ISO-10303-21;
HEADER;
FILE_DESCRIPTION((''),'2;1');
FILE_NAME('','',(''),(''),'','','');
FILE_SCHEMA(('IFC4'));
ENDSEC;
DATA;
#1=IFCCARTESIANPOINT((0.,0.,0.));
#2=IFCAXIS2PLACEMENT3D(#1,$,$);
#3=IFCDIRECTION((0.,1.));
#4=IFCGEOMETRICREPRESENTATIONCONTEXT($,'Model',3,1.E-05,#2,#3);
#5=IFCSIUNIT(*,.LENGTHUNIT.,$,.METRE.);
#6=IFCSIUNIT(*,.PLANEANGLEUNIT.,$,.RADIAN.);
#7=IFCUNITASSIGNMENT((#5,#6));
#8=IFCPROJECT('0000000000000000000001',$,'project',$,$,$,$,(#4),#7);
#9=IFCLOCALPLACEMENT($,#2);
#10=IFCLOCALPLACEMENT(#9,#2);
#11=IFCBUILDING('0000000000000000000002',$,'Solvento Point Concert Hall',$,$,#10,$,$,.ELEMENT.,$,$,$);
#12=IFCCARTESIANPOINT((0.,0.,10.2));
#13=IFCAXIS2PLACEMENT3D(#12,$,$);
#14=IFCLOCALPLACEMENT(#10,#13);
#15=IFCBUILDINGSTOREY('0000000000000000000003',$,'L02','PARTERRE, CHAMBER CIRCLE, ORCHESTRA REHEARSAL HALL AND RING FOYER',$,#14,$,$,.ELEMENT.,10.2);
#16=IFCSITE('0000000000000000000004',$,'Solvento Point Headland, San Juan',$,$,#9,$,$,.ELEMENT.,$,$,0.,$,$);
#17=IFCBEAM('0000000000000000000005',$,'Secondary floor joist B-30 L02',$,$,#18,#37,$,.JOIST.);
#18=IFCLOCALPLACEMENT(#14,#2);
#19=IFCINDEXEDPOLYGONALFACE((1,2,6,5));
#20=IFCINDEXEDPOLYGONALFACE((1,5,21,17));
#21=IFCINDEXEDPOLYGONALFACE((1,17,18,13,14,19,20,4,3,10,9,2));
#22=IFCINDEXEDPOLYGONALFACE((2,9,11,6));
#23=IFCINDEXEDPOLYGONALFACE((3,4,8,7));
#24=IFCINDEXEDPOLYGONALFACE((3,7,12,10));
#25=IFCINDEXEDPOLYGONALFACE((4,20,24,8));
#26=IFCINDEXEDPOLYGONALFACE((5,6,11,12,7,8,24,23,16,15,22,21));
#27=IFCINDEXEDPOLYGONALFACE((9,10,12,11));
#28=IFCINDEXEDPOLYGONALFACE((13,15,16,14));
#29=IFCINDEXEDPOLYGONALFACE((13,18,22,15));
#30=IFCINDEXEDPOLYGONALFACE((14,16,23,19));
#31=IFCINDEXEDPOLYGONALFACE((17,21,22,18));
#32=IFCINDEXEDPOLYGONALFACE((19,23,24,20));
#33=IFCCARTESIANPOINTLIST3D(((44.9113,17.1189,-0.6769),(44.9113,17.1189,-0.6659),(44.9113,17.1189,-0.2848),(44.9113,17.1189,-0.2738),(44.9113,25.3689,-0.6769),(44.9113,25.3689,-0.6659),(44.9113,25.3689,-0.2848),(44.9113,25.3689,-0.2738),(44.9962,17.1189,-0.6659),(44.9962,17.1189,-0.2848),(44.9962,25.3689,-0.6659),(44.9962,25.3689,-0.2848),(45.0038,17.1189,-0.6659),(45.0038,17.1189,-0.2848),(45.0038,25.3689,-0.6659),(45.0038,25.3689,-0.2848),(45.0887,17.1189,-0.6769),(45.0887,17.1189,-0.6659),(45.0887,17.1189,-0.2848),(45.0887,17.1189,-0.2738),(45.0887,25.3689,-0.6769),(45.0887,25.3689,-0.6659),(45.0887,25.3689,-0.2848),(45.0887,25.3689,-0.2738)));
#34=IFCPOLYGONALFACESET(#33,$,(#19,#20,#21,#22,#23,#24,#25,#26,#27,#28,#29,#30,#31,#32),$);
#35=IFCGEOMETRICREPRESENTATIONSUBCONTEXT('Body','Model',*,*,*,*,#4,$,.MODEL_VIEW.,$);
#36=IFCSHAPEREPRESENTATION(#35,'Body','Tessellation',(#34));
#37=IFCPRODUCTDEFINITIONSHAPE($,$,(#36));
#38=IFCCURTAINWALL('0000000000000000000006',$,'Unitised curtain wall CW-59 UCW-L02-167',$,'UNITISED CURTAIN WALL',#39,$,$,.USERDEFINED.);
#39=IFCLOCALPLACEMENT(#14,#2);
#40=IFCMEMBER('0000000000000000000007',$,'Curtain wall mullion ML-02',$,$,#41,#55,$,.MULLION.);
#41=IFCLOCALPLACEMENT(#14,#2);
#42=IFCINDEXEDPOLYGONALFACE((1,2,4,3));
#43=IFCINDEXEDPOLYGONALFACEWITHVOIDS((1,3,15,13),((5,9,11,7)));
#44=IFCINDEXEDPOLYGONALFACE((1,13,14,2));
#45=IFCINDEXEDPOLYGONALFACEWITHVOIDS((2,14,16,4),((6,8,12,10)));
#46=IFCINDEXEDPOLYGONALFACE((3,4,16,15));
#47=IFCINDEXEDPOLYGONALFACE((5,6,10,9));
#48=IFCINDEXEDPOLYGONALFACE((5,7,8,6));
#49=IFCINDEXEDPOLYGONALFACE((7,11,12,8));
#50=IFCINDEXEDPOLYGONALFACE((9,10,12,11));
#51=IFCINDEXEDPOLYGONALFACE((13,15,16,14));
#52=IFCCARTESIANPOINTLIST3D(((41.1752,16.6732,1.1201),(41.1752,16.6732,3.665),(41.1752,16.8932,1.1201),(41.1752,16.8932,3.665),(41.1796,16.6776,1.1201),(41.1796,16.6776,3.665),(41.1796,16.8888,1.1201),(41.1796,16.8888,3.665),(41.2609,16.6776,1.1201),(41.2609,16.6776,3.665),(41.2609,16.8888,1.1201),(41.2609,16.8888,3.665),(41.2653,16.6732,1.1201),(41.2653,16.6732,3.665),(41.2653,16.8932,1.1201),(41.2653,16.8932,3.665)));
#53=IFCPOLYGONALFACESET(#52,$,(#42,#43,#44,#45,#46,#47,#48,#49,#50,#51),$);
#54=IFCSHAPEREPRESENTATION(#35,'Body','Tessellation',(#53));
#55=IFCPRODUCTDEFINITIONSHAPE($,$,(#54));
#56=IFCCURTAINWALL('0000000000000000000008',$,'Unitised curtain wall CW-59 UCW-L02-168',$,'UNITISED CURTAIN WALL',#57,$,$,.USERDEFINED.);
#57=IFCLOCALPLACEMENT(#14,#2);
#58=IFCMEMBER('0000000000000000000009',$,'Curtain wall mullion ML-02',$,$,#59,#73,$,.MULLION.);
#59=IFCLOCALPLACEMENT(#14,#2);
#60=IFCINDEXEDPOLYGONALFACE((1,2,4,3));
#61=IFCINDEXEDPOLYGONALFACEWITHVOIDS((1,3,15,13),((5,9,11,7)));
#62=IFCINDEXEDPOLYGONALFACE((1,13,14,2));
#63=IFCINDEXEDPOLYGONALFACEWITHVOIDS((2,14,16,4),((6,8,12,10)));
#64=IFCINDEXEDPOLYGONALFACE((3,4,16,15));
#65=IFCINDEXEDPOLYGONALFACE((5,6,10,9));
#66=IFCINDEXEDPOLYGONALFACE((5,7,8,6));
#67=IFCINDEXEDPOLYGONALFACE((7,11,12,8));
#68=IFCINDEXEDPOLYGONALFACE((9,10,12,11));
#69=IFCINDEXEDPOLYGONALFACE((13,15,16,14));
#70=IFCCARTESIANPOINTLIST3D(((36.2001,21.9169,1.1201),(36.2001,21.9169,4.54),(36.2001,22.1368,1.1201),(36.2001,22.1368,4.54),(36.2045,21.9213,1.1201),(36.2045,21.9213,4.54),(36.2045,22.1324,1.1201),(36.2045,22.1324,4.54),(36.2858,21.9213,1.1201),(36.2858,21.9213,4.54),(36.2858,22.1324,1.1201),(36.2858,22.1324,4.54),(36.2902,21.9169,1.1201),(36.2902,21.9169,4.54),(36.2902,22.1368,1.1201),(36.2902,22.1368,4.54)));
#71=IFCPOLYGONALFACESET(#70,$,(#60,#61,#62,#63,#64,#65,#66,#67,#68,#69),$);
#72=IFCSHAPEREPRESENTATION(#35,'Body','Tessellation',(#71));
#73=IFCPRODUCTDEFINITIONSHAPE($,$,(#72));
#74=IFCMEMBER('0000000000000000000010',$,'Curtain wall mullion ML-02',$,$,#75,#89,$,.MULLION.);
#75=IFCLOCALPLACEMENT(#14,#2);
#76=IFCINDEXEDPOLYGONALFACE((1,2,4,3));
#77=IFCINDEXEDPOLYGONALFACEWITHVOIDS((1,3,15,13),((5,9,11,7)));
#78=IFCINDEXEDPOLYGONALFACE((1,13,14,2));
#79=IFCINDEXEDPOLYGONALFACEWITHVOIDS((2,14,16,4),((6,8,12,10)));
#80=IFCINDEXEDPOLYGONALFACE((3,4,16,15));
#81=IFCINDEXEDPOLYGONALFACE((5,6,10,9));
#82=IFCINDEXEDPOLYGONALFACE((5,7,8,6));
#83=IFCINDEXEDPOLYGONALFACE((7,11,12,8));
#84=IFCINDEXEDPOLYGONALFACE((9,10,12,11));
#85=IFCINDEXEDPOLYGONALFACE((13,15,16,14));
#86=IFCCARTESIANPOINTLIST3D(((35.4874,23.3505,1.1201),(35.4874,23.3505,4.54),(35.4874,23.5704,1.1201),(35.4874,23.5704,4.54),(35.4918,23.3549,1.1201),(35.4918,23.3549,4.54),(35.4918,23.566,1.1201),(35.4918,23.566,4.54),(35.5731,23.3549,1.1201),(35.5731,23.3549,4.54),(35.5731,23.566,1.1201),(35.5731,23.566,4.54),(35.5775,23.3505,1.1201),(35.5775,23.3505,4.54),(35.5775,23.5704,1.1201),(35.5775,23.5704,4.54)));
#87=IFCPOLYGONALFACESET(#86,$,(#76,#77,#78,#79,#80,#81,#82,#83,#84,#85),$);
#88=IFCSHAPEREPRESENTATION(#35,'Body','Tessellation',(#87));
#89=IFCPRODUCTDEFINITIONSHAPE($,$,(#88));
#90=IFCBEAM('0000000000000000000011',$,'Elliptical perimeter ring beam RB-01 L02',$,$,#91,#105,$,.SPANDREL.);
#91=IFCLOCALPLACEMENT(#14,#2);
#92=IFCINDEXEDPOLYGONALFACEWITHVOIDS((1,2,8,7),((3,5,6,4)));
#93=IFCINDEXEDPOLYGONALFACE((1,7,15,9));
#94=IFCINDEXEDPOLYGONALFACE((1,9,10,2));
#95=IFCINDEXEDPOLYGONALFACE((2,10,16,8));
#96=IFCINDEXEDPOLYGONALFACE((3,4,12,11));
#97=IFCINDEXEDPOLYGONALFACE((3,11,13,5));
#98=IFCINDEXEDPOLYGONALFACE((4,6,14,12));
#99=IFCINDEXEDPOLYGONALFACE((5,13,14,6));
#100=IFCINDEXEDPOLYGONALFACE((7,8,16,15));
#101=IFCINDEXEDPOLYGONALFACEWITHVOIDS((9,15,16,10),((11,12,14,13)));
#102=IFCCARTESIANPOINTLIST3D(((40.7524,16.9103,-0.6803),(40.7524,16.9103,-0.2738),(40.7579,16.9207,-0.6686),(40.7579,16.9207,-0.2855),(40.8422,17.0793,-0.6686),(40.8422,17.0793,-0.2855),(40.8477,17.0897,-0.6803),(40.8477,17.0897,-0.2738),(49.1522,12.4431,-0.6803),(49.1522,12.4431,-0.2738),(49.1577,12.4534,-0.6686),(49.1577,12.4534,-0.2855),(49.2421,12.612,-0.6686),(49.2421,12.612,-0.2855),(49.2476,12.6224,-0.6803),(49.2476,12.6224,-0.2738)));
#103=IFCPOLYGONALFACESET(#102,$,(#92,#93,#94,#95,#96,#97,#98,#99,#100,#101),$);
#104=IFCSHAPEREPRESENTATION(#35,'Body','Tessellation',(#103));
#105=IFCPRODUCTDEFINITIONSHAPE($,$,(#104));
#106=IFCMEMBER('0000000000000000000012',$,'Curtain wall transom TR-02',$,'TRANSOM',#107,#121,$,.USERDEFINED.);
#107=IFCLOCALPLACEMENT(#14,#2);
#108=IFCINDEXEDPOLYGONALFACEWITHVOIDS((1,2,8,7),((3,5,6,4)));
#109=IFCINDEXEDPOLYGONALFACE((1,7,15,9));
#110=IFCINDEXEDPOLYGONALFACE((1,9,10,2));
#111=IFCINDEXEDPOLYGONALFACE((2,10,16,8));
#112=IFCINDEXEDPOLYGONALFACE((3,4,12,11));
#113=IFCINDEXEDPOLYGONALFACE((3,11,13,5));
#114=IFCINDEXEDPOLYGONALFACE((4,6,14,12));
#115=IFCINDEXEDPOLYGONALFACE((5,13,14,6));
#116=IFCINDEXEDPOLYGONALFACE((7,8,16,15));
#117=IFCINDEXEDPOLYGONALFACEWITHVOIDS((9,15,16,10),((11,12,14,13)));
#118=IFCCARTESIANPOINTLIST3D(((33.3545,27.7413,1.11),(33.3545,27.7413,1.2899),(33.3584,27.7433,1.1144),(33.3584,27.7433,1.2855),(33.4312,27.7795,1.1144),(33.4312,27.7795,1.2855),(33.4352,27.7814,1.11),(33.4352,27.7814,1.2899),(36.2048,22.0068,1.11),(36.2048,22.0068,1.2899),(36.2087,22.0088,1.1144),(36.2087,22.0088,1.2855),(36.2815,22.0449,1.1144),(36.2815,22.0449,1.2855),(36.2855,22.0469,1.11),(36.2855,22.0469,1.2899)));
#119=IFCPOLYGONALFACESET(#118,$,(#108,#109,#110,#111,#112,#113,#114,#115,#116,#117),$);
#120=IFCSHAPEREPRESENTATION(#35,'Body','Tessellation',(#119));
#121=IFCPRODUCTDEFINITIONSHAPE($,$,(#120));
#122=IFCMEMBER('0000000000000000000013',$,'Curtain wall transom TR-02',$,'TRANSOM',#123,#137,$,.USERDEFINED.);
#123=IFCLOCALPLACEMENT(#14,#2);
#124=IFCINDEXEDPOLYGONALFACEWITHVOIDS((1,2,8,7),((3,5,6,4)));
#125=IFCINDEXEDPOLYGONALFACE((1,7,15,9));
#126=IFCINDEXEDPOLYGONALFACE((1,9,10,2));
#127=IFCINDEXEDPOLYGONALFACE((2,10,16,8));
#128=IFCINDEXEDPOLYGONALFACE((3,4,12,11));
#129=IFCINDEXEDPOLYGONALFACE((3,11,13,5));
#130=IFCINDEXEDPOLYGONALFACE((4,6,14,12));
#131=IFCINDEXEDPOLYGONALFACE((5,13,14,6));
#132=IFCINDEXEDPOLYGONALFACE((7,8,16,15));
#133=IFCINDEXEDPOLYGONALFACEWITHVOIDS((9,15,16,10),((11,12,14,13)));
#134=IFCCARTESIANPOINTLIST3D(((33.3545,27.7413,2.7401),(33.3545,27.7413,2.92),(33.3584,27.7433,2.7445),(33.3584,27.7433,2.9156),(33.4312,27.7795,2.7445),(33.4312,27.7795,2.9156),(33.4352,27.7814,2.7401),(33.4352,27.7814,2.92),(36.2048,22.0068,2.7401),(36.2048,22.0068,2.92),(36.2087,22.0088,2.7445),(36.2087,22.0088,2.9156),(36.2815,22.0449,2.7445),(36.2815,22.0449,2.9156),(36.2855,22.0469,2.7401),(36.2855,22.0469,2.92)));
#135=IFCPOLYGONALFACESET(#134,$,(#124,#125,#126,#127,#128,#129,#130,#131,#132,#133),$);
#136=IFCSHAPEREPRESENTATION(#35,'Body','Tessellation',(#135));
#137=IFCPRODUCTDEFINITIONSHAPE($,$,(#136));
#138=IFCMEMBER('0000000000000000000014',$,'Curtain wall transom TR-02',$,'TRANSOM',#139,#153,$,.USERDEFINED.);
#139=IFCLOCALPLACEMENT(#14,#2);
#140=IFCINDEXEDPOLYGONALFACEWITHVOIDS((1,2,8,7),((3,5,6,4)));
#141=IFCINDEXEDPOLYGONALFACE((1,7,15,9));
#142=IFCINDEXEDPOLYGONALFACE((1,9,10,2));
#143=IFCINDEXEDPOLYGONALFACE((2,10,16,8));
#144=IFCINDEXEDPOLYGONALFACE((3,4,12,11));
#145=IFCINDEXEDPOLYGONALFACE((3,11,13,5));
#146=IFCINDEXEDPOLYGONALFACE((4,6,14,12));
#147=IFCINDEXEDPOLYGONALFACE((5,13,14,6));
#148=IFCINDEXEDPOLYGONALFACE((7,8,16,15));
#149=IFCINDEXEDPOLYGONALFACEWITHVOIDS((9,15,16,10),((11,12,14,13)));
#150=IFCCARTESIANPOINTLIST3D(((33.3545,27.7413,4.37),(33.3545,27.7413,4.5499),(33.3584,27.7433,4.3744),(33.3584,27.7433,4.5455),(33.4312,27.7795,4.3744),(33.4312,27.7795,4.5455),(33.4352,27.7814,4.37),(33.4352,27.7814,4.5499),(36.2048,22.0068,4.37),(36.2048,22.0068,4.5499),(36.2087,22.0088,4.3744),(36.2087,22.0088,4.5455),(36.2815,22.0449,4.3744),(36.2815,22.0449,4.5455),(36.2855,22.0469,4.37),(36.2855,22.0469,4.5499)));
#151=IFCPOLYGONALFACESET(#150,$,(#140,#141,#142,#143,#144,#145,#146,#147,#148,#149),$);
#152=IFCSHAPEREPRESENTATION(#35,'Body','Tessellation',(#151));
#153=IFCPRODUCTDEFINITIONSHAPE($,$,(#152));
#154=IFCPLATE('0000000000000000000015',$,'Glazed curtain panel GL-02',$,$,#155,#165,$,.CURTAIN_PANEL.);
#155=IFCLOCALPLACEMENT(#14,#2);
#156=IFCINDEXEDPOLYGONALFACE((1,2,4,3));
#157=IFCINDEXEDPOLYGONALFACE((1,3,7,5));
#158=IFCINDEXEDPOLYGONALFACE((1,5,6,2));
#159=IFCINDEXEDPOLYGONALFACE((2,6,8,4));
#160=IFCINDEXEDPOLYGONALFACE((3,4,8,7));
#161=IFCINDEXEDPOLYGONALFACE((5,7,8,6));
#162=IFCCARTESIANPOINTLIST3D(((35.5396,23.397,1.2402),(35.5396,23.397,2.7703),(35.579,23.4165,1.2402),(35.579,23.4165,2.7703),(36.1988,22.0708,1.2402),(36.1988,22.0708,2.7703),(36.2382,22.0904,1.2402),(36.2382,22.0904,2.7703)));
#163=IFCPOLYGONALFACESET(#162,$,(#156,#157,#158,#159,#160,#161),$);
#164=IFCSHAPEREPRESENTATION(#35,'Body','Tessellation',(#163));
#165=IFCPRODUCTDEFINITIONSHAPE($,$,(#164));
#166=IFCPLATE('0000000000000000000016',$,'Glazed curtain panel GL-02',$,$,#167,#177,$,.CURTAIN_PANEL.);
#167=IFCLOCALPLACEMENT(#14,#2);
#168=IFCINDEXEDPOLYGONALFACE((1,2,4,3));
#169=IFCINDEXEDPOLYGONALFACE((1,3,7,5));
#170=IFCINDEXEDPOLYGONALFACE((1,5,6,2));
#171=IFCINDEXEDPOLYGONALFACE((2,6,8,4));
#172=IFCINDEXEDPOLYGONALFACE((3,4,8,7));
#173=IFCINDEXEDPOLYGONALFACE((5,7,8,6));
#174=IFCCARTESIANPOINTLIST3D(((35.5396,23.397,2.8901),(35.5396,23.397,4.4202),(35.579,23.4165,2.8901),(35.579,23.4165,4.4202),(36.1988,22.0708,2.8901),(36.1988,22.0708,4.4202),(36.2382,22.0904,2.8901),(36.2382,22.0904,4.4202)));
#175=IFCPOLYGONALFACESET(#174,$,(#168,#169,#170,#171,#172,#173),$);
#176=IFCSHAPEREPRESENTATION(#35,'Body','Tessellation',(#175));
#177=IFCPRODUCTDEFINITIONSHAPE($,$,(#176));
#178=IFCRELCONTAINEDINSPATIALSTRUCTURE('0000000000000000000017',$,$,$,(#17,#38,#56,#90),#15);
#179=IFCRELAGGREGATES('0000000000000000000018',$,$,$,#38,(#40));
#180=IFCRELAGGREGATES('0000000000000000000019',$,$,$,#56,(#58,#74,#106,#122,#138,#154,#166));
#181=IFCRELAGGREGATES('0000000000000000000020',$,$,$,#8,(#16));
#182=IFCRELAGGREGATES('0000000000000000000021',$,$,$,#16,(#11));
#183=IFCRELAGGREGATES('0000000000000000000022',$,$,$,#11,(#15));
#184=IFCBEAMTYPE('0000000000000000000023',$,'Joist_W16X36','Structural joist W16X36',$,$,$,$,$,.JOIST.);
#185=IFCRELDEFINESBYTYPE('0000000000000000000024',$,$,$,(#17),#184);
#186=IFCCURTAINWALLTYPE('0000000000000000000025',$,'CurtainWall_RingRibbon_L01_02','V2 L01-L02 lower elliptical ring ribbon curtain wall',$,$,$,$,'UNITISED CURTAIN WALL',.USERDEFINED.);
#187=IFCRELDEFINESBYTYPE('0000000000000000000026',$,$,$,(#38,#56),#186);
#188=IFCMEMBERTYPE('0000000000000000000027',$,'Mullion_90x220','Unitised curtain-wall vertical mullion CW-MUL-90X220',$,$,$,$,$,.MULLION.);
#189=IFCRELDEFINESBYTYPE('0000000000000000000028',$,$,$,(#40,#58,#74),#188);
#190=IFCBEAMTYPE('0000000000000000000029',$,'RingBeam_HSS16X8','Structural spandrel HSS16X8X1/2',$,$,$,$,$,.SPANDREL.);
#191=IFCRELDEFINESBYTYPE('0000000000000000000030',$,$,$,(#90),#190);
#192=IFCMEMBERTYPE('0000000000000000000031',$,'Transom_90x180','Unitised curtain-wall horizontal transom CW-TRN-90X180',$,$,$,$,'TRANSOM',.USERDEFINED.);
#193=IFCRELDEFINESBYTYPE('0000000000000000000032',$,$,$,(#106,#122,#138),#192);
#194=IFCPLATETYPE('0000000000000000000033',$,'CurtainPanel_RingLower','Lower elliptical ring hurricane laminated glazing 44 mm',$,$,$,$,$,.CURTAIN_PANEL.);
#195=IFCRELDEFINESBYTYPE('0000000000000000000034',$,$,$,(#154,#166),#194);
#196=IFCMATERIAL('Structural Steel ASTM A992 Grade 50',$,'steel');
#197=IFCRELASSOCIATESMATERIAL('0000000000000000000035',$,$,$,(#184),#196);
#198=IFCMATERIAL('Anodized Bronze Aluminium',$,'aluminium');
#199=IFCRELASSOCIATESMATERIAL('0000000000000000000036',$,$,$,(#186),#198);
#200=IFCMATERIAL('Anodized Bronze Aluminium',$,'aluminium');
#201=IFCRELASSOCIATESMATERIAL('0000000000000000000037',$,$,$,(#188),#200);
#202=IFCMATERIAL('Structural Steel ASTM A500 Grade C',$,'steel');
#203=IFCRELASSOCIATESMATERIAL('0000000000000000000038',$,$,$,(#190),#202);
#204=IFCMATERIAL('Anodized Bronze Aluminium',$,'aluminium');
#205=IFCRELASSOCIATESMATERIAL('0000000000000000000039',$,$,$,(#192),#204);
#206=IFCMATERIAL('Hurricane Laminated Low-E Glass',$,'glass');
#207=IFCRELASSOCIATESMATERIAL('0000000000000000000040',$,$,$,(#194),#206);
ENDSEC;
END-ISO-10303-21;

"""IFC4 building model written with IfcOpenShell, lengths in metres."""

from ifc_helpers import new_model, si_unit, direction, frame, origin, origin_2d, place, context, subcontext, project, spatial, rectangle, hollow_rectangle, i_section, extrude, material, material_profile, profile_set, type_object, element, aggregate, save


model = new_model("IFC4")

# Units and contexts
model_context = context("Model", 3, precision=1e-05, world=origin(), true_north=direction((0.0, 1.0)))
body_context = subcontext(model_context, "Body", "Model", "MODEL_VIEW")
ifc_project = project(units=[si_unit("LENGTHUNIT", "METRE"), si_unit("PLANEANGLEUNIT", "RADIAN")], contexts=[model_context])

# Site, building, storey
site_placement = place(None, origin())
site = spatial("IfcSite", under=ifc_project, at=site_placement, Name="Solvento Point Headland, San Juan", CompositionType="ELEMENT", RefElevation=0.0)
building_placement = place(site_placement, origin())
building = spatial("IfcBuilding", under=site, at=building_placement, Name="Solvento Point Concert Hall", CompositionType="ELEMENT")
storey_placement = place(building_placement, frame((0.0, 0.0, 10.2)))
storey = spatial("IfcBuildingStorey", under=building, at=storey_placement, Name="L02", Description="PARTERRE, CHAMBER CIRCLE, ORCHESTRA REHEARSAL HALL AND RING FOYER", CompositionType="ELEMENT", Elevation=10.2)

# Beam
ifc_material_1 = material(Name="Structural Steel ASTM A992 Grade 50", Category="steel")
ifc_material_profile_1 = material_profile(ifc_material_1, i_section(OverallWidth=0.1775, OverallDepth=0.4031, WebThickness=0.0076, FlangeThickness=0.011, at=origin_2d()), Name="W16X36")
ifc_profile_set_1 = profile_set([ifc_material_profile_1], Name="Structural Steel ASTM A992 Grade 50")
beam_type_1 = type_object("IfcBeamType", Name="Joist_W16X36", Description="Structural joist W16X36", PredefinedType="JOIST", material=ifc_profile_set_1)
beam_1_placement = place(storey_placement, frame((45.0, 17.1189, -0.4753), z_axis=(0.0, 1.0, 0.0), x_axis=(-1.0, 0.0, 0.0)))
element("IfcBeam", 1, at=beam_1_placement, inside=storey, type_object=beam_type_1, Name="Secondary floor joist B-30 L02", PredefinedType="JOIST", context=body_context, shape_type="SweptSolid", body=[
    extrude(i_section(OverallWidth=0.1775, OverallDepth=0.4031, WebThickness=0.0076, FlangeThickness=0.011, at=origin_2d()), origin(), (0.0, 0.0, 1.0), 8.25),
])

# Curtain wall, member
ifc_material_2 = material(Name="Anodized Bronze Aluminium", Category="aluminium")
curtain_wall_type = type_object("IfcCurtainWallType", Name="CurtainWall_RingRibbon_L01_02", Description="V2 L01-L02 lower elliptical ring ribbon curtain wall", ElementType="UNITISED CURTAIN WALL", PredefinedType="USERDEFINED", material=ifc_material_2)
curtain_wall_1_placement = place(storey_placement, origin())
curtain_wall_1 = element("IfcCurtainWall", 2, at=curtain_wall_1_placement, inside=storey, type_object=curtain_wall_type, Name="Unitised curtain wall CW-59 UCW-L02-167", ObjectType="UNITISED CURTAIN WALL", PredefinedType="USERDEFINED")
ifc_material_3 = material(Name="Anodized Bronze Aluminium", Category="aluminium")
ifc_material_profile_2 = material_profile(ifc_material_3, hollow_rectangle(XDim=0.0901, YDim=0.22, WallThickness=0.0044, at=origin_2d()), Name="CW-MUL-90X220")
ifc_profile_set_2 = profile_set([ifc_material_profile_2], Name="Anodized Bronze Aluminium")
member_type_1 = type_object("IfcMemberType", Name="Mullion_90x220", Description="Unitised curtain-wall vertical mullion CW-MUL-90X220", PredefinedType="MULLION", material=ifc_profile_set_2)
member_1_placement = place(storey_placement, frame((41.2202, 16.7832, 1.1201), z_axis=(0.0, 0.0, 1.0), x_axis=(1.0, 0.0, 0.0)))
member_1 = element("IfcMember", 3, at=member_1_placement, type_object=member_type_1, Name="Curtain wall mullion ML-02", PredefinedType="MULLION", context=body_context, shape_type="SweptSolid", body=[
    extrude(hollow_rectangle(XDim=0.0901, YDim=0.22, WallThickness=0.0044, at=origin_2d()), origin(), (0.0, 0.0, 1.0), 2.5449),
])
aggregate(curtain_wall_1, [member_1])

# Curtain wall, members
curtain_wall_2_placement = place(storey_placement, origin())
curtain_wall_2 = element("IfcCurtainWall", 4, at=curtain_wall_2_placement, inside=storey, type_object=curtain_wall_type, Name="Unitised curtain wall CW-59 UCW-L02-168", ObjectType="UNITISED CURTAIN WALL", PredefinedType="USERDEFINED")
member_2_placement = place(storey_placement, frame((36.2451, 22.0269, 1.1201), z_axis=(0.0, 0.0, 1.0), x_axis=(1.0, 0.0, 0.0)))
member_2 = element("IfcMember", 5, at=member_2_placement, type_object=member_type_1, Name="Curtain wall mullion ML-02", PredefinedType="MULLION", context=body_context, shape_type="SweptSolid", body=[
    extrude(hollow_rectangle(XDim=0.0901, YDim=0.22, WallThickness=0.0044, at=origin_2d()), origin(), (0.0, 0.0, 1.0), 3.4199),
])
member_3_placement = place(storey_placement, frame((35.5325, 23.4604, 1.1201), z_axis=(0.0, 0.0, 1.0), x_axis=(1.0, 0.0, 0.0)))
member_3 = element("IfcMember", 6, at=member_3_placement, type_object=member_type_1, Name="Curtain wall mullion ML-02", PredefinedType="MULLION", context=body_context, shape_type="SweptSolid", body=[
    extrude(hollow_rectangle(XDim=0.0901, YDim=0.22, WallThickness=0.0044, at=origin_2d()), origin(), (0.0, 0.0, 1.0), 3.4199),
])

# Beam
ifc_material_4 = material(Name="Structural Steel ASTM A500 Grade C", Category="steel")
ifc_material_profile_3 = material_profile(ifc_material_4, hollow_rectangle(XDim=0.2031, YDim=0.4065, WallThickness=0.0117, at=origin_2d()), Name="HSS16X8X1/2")
ifc_profile_set_3 = profile_set([ifc_material_profile_3], Name="Structural Steel ASTM A500 Grade C")
beam_type_2 = type_object("IfcBeamType", Name="RingBeam_HSS16X8", Description="Structural spandrel HSS16X8X1/2", PredefinedType="SPANDREL", material=ifc_profile_set_3)
beam_2_placement = place(storey_placement, frame((40.8, 17.0, -0.4771), z_axis=(0.882905, -0.469552, 0.0), x_axis=(0.469552, 0.882905, 0.0)))
element("IfcBeam", 7, at=beam_2_placement, inside=storey, type_object=beam_type_2, Name="Elliptical perimeter ring beam RB-01 L02", PredefinedType="SPANDREL", context=body_context, shape_type="SweptSolid", body=[
    extrude(hollow_rectangle(XDim=0.2031, YDim=0.4065, WallThickness=0.0117, at=origin_2d()), origin(), (0.0, 0.0, 1.0), 9.5139),
])

# Members
ifc_material_5 = material(Name="Anodized Bronze Aluminium", Category="aluminium")
ifc_material_profile_4 = material_profile(ifc_material_5, hollow_rectangle(XDim=0.0901, YDim=0.1799, WallThickness=0.0044, at=origin_2d()), Name="CW-TRN-90X180")
ifc_profile_set_4 = profile_set([ifc_material_profile_4], Name="Anodized Bronze Aluminium")
member_type_2 = type_object("IfcMemberType", Name="Transom_90x180", Description="Unitised curtain-wall horizontal transom CW-TRN-90X180", ElementType="TRANSOM", PredefinedType="USERDEFINED", material=ifc_profile_set_4)
member_4_placement = place(storey_placement, frame((36.2451, 22.0269, 1.2), z_axis=(-0.445093, 0.895485, 0.0), x_axis=(-0.895485, -0.445093, 0.0)))
member_4 = element("IfcMember", 8, at=member_4_placement, type_object=member_type_2, Name="Curtain wall transom TR-02", ObjectType="TRANSOM", PredefinedType="USERDEFINED", context=body_context, shape_type="SweptSolid", body=[
    extrude(hollow_rectangle(XDim=0.0901, YDim=0.1799, WallThickness=0.0044, at=origin_2d()), origin(), (0.0, 0.0, 1.0), 6.4038),
])
member_5_placement = place(storey_placement, frame((36.2451, 22.0269, 2.8301), z_axis=(-0.445093, 0.895485, 0.0), x_axis=(-0.895485, -0.445093, 0.0)))
member_5 = element("IfcMember", 9, at=member_5_placement, type_object=member_type_2, Name="Curtain wall transom TR-02", ObjectType="TRANSOM", PredefinedType="USERDEFINED", context=body_context, shape_type="SweptSolid", body=[
    extrude(hollow_rectangle(XDim=0.0901, YDim=0.1799, WallThickness=0.0044, at=origin_2d()), origin(), (0.0, 0.0, 1.0), 6.4038),
])
member_6_placement = place(storey_placement, frame((36.2451, 22.0269, 4.46), z_axis=(-0.445093, 0.895485, 0.0), x_axis=(-0.895485, -0.445093, 0.0)))
member_6 = element("IfcMember", 10, at=member_6_placement, type_object=member_type_2, Name="Curtain wall transom TR-02", ObjectType="TRANSOM", PredefinedType="USERDEFINED", context=body_context, shape_type="SweptSolid", body=[
    extrude(hollow_rectangle(XDim=0.0901, YDim=0.1799, WallThickness=0.0044, at=origin_2d()), origin(), (0.0, 0.0, 1.0), 6.4038),
])

# Plates
ifc_material_6 = material(Name="Hurricane Laminated Low-E Glass", Category="glass")
plate_type = type_object("IfcPlateType", Name="CurtainPanel_RingLower", Description="Lower elliptical ring hurricane laminated glazing 44 mm", PredefinedType="CURTAIN_PANEL", material=ifc_material_6)
plate_1_placement = place(storey_placement, frame((35.8889, 22.7437, 1.2402), z_axis=(0.0, 0.0, 1.0), x_axis=(-0.445115, 0.895473, 0.0)))
plate_1 = element("IfcPlate", 11, at=plate_1_placement, type_object=plate_type, Name="Glazed curtain panel GL-02", PredefinedType="CURTAIN_PANEL", context=body_context, shape_type="SweptSolid", body=[
    extrude(rectangle(XDim=1.481, YDim=0.0439, at=origin_2d()), origin(), (0.0, 0.0, 1.0), 1.53),
])
plate_2_placement = place(storey_placement, frame((35.8889, 22.7437, 2.8901), z_axis=(0.0, 0.0, 1.0), x_axis=(-0.445115, 0.895473, 0.0)))
plate_2 = element("IfcPlate", 12, at=plate_2_placement, type_object=plate_type, Name="Glazed curtain panel GL-02", PredefinedType="CURTAIN_PANEL", context=body_context, shape_type="SweptSolid", body=[
    extrude(rectangle(XDim=1.481, YDim=0.0439, at=origin_2d()), origin(), (0.0, 0.0, 1.0), 1.53),
])
aggregate(curtain_wall_2, [member_2, member_3, member_4, member_5, member_6, plate_1, plate_2])

save(model, "model.ifc")
